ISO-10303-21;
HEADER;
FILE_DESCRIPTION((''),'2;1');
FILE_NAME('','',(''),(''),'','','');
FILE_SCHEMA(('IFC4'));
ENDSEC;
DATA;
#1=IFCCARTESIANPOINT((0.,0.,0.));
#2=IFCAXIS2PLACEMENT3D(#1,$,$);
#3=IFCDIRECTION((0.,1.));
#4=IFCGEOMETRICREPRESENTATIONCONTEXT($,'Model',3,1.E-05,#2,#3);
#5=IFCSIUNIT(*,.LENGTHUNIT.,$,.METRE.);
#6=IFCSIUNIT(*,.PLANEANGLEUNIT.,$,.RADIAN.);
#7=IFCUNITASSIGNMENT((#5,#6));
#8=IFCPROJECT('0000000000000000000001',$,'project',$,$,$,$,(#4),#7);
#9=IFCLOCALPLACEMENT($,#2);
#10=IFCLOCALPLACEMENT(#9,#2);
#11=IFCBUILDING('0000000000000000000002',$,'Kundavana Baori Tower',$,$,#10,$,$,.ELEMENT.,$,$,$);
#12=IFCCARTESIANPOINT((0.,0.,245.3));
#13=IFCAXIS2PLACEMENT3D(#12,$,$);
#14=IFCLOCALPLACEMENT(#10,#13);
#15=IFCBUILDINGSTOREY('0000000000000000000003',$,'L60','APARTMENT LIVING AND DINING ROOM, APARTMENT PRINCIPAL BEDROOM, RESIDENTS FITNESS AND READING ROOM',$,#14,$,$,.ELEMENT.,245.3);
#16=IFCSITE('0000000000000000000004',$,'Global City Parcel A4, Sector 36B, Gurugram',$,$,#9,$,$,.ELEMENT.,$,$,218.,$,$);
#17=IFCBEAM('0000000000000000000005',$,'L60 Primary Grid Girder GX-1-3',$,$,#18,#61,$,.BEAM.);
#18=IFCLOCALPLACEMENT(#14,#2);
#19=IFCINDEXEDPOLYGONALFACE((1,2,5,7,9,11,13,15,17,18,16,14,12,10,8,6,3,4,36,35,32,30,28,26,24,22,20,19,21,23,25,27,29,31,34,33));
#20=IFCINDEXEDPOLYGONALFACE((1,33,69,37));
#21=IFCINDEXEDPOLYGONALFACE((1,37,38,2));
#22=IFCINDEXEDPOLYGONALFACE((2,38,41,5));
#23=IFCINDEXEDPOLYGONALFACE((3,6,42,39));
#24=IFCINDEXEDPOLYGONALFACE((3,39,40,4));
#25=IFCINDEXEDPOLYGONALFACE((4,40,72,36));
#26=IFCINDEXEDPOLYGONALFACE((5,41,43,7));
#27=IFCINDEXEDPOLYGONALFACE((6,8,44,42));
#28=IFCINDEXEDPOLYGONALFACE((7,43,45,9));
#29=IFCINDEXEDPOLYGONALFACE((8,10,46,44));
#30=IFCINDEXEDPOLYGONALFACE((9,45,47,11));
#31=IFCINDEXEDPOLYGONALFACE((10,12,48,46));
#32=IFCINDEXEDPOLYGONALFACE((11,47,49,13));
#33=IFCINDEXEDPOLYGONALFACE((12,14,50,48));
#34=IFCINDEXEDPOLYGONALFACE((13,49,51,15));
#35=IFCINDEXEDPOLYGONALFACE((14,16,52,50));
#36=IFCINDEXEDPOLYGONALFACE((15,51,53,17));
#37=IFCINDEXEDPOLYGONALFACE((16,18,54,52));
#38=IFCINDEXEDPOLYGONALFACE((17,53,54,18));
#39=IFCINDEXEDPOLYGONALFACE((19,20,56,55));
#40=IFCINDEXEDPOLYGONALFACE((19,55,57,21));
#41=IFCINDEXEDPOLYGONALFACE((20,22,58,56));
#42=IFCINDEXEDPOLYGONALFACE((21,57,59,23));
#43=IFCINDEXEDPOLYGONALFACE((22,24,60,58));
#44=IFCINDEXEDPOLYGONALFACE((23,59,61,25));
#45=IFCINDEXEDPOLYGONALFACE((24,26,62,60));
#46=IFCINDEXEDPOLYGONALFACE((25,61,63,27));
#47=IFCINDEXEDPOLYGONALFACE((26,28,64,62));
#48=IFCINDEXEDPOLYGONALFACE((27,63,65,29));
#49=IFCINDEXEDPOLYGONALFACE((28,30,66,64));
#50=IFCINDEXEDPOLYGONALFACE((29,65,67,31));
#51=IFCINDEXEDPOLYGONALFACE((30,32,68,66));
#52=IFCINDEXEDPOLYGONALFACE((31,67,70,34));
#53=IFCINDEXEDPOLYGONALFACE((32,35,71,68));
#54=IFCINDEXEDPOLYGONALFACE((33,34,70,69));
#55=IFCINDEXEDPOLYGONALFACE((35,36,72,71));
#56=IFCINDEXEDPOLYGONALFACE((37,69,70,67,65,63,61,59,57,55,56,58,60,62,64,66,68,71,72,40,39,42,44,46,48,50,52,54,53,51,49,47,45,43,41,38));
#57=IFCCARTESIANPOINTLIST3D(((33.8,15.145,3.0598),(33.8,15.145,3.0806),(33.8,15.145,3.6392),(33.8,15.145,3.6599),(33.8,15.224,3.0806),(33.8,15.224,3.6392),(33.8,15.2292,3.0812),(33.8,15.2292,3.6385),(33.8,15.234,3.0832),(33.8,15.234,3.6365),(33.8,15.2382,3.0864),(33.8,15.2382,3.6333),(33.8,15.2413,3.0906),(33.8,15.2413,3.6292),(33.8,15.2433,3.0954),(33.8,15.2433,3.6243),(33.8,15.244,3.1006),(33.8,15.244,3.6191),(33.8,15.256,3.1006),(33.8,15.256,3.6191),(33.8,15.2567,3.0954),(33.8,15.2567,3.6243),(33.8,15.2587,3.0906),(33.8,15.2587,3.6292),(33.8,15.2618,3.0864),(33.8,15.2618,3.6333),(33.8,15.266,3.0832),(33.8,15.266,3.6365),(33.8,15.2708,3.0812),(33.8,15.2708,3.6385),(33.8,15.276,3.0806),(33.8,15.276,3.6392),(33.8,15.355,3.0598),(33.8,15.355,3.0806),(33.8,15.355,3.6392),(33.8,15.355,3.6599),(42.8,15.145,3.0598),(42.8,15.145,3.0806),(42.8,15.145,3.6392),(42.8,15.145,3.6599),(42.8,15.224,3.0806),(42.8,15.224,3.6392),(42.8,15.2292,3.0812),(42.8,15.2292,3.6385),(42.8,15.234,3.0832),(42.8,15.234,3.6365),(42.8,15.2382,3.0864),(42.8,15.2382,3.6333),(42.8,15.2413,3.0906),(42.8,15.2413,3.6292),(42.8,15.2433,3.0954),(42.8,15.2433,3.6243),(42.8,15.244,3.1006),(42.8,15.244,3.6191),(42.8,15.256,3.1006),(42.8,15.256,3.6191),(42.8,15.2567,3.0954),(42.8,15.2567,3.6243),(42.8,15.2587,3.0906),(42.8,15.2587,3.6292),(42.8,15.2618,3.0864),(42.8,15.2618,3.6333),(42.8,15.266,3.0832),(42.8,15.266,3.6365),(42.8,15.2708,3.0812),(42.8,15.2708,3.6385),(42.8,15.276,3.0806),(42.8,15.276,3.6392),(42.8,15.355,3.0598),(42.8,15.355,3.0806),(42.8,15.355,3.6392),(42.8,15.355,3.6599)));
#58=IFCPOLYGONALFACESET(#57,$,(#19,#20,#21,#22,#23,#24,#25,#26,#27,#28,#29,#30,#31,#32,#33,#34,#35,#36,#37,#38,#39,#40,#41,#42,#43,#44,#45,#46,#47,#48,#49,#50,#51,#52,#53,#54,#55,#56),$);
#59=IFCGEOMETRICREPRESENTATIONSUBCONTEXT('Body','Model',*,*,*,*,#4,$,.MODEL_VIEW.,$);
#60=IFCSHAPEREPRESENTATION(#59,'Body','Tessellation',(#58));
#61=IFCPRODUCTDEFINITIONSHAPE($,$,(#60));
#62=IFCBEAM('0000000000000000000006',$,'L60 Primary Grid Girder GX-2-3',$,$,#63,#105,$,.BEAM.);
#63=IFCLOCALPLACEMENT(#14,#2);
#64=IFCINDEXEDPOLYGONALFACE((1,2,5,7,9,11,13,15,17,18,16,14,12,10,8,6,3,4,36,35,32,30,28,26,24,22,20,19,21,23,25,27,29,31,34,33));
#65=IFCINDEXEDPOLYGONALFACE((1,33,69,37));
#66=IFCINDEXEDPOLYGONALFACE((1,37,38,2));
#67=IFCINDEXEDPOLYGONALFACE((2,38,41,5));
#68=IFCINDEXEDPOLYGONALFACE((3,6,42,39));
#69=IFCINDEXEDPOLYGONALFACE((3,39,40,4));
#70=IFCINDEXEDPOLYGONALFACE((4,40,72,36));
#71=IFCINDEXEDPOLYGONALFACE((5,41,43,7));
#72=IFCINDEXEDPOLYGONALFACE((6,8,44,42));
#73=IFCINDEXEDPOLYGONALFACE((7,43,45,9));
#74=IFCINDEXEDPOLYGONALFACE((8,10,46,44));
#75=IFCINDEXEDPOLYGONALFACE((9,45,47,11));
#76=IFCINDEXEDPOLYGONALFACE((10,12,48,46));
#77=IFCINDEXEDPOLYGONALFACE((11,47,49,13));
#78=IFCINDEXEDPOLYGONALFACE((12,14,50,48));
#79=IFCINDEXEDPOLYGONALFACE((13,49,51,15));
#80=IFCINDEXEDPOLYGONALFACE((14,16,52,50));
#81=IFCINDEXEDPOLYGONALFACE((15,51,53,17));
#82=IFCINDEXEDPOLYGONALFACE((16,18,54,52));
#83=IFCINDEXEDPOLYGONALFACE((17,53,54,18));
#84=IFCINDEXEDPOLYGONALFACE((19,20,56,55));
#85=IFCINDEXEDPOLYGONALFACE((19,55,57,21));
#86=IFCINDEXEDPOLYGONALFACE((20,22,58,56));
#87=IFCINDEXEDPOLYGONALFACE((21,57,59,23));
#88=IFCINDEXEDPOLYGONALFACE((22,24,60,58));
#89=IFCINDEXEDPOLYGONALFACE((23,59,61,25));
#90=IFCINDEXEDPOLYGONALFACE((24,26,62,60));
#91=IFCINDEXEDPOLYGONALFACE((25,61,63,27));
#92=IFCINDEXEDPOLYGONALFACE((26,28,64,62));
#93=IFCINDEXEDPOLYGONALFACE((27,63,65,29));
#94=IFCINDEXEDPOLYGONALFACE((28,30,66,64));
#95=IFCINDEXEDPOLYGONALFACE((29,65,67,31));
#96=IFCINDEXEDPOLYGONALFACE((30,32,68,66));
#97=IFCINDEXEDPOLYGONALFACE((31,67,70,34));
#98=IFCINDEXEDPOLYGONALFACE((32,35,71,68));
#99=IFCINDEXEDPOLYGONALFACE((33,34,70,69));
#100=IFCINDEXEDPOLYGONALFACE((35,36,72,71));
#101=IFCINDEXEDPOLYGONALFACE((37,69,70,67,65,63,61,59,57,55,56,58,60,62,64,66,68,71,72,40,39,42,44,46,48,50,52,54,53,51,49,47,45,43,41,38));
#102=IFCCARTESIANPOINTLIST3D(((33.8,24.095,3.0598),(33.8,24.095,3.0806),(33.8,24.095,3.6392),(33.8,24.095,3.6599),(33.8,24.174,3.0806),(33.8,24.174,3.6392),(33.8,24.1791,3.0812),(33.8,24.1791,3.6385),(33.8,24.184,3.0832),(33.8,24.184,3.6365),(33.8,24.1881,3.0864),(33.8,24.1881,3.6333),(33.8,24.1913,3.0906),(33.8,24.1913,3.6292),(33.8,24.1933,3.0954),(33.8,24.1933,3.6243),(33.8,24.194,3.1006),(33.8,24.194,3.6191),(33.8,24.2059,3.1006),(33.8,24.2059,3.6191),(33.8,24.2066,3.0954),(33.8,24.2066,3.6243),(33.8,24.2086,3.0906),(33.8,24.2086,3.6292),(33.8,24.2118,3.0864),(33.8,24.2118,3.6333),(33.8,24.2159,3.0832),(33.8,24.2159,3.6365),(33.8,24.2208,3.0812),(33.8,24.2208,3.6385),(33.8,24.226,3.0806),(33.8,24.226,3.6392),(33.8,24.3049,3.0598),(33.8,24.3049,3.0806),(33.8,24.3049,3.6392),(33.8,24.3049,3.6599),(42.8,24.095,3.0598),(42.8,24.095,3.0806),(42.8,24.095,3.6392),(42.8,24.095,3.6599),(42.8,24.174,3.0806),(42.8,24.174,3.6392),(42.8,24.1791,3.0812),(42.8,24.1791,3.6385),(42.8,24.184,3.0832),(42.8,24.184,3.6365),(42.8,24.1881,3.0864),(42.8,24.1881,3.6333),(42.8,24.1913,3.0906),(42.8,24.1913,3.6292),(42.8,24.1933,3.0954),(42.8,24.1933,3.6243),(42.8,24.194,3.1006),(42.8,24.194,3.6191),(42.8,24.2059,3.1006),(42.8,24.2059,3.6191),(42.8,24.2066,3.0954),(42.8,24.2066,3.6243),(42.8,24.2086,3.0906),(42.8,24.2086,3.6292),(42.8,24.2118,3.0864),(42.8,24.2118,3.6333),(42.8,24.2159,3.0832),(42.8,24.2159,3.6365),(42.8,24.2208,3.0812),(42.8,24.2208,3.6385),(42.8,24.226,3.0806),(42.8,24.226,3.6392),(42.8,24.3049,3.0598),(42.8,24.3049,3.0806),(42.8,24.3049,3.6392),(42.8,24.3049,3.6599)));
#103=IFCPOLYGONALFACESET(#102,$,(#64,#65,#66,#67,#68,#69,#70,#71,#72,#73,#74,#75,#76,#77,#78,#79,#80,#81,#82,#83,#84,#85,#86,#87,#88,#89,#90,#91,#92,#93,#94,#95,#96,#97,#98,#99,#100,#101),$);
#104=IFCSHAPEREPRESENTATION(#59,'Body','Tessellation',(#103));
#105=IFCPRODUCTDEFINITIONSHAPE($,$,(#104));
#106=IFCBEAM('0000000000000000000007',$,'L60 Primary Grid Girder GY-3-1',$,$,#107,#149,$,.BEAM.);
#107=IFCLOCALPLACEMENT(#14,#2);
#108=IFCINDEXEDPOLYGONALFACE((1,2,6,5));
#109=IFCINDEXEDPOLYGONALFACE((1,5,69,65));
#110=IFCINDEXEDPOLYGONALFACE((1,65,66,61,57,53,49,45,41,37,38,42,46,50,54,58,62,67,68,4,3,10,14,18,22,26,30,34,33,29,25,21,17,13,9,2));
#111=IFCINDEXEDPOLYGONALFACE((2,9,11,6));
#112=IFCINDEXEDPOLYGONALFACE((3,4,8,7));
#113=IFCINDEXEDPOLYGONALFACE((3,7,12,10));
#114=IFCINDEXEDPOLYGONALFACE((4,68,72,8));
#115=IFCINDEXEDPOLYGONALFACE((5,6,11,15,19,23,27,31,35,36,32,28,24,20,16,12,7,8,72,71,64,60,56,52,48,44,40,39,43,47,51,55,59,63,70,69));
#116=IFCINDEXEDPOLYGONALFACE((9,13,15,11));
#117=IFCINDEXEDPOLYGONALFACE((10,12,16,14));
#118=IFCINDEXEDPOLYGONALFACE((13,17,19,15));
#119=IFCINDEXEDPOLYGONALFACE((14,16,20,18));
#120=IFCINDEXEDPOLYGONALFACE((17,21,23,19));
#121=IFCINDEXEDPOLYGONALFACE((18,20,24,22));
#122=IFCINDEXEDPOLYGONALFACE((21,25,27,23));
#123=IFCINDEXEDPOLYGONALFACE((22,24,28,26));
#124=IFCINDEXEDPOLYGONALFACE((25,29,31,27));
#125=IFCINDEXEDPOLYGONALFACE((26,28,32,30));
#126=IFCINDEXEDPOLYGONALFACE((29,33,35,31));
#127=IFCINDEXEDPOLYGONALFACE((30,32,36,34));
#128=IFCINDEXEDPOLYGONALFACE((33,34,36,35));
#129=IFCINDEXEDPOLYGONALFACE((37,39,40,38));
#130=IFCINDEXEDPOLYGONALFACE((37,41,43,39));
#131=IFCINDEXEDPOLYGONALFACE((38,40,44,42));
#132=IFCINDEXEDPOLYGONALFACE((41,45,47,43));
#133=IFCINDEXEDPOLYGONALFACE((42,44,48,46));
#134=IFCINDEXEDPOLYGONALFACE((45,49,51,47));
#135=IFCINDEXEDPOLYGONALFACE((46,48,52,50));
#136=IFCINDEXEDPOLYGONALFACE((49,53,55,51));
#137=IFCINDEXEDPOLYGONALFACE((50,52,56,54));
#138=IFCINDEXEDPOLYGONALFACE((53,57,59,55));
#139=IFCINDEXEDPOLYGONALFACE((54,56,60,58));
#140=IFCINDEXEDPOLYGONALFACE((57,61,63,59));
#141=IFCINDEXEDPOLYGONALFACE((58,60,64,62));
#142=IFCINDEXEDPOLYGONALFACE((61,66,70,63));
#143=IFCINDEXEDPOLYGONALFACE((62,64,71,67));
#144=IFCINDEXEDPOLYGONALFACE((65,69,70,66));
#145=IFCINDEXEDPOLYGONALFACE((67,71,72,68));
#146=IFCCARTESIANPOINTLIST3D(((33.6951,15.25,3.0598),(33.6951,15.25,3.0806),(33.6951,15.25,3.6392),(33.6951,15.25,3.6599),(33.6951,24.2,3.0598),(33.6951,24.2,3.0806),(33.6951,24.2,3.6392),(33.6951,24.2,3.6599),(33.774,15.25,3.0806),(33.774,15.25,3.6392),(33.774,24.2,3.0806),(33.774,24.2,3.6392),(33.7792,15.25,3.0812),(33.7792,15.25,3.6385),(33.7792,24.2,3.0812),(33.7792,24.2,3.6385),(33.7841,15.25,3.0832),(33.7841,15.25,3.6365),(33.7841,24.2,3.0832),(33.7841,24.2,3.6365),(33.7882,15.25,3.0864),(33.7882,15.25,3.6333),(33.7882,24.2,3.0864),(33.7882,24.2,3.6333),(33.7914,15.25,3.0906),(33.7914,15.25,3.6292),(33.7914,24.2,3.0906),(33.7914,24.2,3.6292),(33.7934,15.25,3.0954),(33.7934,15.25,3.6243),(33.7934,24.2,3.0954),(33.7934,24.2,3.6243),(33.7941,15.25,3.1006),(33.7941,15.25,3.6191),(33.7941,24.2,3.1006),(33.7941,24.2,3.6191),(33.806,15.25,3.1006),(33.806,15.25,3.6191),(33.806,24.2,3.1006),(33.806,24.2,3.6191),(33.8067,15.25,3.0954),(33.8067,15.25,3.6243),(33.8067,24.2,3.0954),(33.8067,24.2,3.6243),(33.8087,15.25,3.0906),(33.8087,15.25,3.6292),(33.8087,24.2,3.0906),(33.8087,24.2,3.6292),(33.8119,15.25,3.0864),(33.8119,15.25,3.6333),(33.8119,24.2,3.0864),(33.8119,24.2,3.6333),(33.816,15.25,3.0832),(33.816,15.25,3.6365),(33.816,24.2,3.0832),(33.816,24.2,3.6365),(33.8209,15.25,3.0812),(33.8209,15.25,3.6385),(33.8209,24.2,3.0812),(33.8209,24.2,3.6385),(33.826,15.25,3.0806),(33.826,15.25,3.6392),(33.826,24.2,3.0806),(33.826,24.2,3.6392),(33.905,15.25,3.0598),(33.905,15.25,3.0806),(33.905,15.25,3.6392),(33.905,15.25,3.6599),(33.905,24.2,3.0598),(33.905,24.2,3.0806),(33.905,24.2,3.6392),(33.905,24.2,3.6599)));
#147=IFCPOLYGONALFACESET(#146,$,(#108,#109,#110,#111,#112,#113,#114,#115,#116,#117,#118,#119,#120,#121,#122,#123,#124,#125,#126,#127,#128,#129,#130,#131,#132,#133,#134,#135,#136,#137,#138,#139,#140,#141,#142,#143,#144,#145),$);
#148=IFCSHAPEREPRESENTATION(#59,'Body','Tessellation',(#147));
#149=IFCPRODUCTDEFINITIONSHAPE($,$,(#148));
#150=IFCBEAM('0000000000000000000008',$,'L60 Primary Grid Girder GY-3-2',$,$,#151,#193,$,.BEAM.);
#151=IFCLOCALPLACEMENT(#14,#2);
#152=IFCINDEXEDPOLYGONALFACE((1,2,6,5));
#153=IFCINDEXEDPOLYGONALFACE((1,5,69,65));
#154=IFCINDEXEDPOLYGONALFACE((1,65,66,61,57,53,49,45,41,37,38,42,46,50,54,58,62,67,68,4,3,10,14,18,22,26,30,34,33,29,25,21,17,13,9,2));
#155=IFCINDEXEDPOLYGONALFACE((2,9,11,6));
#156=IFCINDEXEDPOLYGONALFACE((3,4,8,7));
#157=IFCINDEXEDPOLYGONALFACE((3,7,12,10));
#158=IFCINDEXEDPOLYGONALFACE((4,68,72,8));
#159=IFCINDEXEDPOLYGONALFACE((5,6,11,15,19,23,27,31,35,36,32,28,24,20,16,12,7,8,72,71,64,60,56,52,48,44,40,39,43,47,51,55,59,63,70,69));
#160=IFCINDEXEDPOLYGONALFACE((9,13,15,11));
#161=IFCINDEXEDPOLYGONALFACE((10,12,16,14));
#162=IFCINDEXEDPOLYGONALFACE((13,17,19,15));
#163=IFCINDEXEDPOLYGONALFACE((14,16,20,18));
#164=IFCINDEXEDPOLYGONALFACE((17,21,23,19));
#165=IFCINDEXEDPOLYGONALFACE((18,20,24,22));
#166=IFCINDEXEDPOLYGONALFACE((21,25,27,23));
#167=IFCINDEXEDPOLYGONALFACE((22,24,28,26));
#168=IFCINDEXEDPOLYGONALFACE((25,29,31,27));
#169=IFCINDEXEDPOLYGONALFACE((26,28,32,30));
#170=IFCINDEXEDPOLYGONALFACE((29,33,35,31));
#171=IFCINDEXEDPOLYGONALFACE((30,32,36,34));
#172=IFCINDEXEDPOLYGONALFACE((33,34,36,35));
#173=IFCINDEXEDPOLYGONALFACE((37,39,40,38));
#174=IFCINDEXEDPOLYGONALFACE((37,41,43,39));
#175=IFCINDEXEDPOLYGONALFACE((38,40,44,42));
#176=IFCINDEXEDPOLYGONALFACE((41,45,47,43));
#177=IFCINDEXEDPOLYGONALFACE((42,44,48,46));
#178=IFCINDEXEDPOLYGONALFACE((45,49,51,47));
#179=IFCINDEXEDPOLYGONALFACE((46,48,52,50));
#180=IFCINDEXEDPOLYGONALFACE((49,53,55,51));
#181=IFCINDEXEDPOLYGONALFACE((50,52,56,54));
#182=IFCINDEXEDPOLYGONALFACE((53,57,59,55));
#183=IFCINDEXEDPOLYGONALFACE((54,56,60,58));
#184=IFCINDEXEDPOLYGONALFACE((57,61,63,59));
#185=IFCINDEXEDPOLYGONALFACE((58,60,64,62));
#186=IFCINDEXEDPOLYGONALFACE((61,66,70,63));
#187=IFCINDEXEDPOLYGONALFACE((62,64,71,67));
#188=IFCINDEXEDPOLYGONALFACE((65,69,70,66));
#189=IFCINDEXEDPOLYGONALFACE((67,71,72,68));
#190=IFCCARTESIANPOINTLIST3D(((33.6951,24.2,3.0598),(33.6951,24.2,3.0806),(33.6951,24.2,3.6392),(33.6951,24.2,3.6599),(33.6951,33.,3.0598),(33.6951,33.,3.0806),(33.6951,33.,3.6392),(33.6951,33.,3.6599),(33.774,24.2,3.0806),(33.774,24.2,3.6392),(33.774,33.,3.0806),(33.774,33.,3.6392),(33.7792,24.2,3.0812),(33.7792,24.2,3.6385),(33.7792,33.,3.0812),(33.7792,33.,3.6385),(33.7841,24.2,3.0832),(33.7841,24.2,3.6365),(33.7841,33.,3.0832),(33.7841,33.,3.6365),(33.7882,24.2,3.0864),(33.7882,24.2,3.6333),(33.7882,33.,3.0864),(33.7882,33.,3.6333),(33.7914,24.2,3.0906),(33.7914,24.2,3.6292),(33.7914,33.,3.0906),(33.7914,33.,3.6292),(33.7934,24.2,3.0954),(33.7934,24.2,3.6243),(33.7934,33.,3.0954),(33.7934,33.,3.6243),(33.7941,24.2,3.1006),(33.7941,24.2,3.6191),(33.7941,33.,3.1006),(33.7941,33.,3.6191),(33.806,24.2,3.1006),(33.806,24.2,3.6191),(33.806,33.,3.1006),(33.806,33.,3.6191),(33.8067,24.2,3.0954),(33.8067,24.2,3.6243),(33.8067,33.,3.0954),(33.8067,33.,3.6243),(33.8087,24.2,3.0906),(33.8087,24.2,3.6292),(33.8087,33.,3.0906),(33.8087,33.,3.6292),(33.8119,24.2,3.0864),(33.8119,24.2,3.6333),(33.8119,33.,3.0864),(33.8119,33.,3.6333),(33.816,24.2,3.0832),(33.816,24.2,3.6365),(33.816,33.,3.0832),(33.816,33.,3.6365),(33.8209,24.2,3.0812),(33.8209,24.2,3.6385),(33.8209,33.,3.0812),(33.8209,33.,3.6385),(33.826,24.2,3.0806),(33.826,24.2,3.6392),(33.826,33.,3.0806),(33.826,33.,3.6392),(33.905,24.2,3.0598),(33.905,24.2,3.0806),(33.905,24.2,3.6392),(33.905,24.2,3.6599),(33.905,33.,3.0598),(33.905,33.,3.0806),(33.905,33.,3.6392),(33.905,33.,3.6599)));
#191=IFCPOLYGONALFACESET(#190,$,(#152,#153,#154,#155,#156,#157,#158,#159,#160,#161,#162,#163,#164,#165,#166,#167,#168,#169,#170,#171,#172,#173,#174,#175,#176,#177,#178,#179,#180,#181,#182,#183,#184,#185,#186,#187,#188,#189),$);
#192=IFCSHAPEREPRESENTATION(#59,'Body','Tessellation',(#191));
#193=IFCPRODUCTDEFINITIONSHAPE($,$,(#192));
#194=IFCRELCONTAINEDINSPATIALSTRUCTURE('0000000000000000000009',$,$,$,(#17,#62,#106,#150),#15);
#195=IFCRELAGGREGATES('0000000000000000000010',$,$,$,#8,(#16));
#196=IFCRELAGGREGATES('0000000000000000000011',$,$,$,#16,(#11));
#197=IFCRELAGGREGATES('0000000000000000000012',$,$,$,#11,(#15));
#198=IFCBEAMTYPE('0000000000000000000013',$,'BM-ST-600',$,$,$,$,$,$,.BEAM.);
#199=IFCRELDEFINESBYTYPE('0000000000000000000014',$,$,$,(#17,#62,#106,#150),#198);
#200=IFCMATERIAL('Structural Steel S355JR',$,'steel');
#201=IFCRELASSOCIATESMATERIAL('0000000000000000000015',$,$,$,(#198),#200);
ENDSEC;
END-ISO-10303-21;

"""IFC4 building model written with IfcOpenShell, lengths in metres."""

from ifc_helpers import new_model, si_unit, direction, frame, origin, origin_2d, place, context, subcontext, project, spatial, i_section, extrude, material, material_profile, profile_set, type_object, element, save


model = new_model("IFC4")

# Units and contexts
model_context = context("Model", 3, precision=1e-05, world=origin(), true_north=direction((0.0, 1.0)))
body_context = subcontext(model_context, "Body", "Model", "MODEL_VIEW")
ifc_project = project(units=[si_unit("LENGTHUNIT", "METRE"), si_unit("PLANEANGLEUNIT", "RADIAN")], contexts=[model_context])

# Site, building, storey
site_placement = place(None, origin())
site = spatial("IfcSite", under=ifc_project, at=site_placement, Name="Global City Parcel A4, Sector 36B, Gurugram", CompositionType="ELEMENT", RefElevation=218.0)
building_placement = place(site_placement, origin())
building = spatial("IfcBuilding", under=site, at=building_placement, Name="Kundavana Baori Tower", CompositionType="ELEMENT")
storey_placement = place(building_placement, frame((0.0, 0.0, 245.3)))
storey = spatial("IfcBuildingStorey", under=building, at=storey_placement, Name="L60", Description="APARTMENT LIVING AND DINING ROOM, APARTMENT PRINCIPAL BEDROOM, RESIDENTS FITNESS AND READING ROOM", CompositionType="ELEMENT", Elevation=245.3)

# Beams
ifc_material_1 = material(Name="Structural Steel S355JR", Category="steel")
ifc_material_profile_1 = material_profile(ifc_material_1, i_section(OverallWidth=0.21, OverallDepth=0.6001, WebThickness=0.012, FlangeThickness=0.0208, FilletRadius=0.02, at=origin_2d()), Name="ISMB 600")
ifc_profile_set_1 = profile_set([ifc_material_profile_1], Name="Structural Steel S355JR")
beam_type_1 = type_object("IfcBeamType", Name="BM-ST-600", PredefinedType="BEAM", material=ifc_profile_set_1)
for number, where, z_axis, x_axis, name in (
    (1, (33.8, 15.25, 3.3599), (1.0, 0.0, 0.0), (0.0, 1.0, 0.0), "L60 Primary Grid Girder GX-1-3"),
    (2, (33.8, 24.2, 3.3599), (1.0, 0.0, 0.0), (0.0, 1.0, 0.0), "L60 Primary Grid Girder GX-2-3"),
):
    element("IfcBeam", number, at=place(storey_placement, frame(where, z_axis=z_axis, x_axis=x_axis)), inside=storey, type_object=beam_type_1, Name=name, PredefinedType="BEAM", context=body_context, shape_type="SweptSolid", body=[
        extrude(i_section(OverallWidth=0.21, OverallDepth=0.6001, WebThickness=0.012, FlangeThickness=0.0208, FilletRadius=0.02, at=origin_2d()), origin(), (0.0, 0.0, 1.0), 9.0),
    ])
beam_1_placement = place(storey_placement, frame((33.8, 15.25, 3.3599), z_axis=(0.0, 1.0, 0.0), x_axis=(-1.0, 0.0, 0.0)))
element("IfcBeam", 3, at=beam_1_placement, inside=storey, type_object=beam_type_1, Name="L60 Primary Grid Girder GY-3-1", PredefinedType="BEAM", context=body_context, shape_type="SweptSolid", body=[
    extrude(i_section(OverallWidth=0.21, OverallDepth=0.6001, WebThickness=0.012, FlangeThickness=0.0208, FilletRadius=0.02, at=origin_2d()), origin(), (0.0, 0.0, 1.0), 8.95),
])
beam_2_placement = place(storey_placement, frame((33.8, 24.2, 3.3599), z_axis=(0.0, 1.0, 0.0), x_axis=(-1.0, 0.0, 0.0)))
element("IfcBeam", 4, at=beam_2_placement, inside=storey, type_object=beam_type_1, Name="L60 Primary Grid Girder GY-3-2", PredefinedType="BEAM", context=body_context, shape_type="SweptSolid", body=[
    extrude(i_section(OverallWidth=0.21, OverallDepth=0.6001, WebThickness=0.012, FlangeThickness=0.0208, FilletRadius=0.02, at=origin_2d()), origin(), (0.0, 0.0, 1.0), 8.8),
])

save(model, "model.ifc")
